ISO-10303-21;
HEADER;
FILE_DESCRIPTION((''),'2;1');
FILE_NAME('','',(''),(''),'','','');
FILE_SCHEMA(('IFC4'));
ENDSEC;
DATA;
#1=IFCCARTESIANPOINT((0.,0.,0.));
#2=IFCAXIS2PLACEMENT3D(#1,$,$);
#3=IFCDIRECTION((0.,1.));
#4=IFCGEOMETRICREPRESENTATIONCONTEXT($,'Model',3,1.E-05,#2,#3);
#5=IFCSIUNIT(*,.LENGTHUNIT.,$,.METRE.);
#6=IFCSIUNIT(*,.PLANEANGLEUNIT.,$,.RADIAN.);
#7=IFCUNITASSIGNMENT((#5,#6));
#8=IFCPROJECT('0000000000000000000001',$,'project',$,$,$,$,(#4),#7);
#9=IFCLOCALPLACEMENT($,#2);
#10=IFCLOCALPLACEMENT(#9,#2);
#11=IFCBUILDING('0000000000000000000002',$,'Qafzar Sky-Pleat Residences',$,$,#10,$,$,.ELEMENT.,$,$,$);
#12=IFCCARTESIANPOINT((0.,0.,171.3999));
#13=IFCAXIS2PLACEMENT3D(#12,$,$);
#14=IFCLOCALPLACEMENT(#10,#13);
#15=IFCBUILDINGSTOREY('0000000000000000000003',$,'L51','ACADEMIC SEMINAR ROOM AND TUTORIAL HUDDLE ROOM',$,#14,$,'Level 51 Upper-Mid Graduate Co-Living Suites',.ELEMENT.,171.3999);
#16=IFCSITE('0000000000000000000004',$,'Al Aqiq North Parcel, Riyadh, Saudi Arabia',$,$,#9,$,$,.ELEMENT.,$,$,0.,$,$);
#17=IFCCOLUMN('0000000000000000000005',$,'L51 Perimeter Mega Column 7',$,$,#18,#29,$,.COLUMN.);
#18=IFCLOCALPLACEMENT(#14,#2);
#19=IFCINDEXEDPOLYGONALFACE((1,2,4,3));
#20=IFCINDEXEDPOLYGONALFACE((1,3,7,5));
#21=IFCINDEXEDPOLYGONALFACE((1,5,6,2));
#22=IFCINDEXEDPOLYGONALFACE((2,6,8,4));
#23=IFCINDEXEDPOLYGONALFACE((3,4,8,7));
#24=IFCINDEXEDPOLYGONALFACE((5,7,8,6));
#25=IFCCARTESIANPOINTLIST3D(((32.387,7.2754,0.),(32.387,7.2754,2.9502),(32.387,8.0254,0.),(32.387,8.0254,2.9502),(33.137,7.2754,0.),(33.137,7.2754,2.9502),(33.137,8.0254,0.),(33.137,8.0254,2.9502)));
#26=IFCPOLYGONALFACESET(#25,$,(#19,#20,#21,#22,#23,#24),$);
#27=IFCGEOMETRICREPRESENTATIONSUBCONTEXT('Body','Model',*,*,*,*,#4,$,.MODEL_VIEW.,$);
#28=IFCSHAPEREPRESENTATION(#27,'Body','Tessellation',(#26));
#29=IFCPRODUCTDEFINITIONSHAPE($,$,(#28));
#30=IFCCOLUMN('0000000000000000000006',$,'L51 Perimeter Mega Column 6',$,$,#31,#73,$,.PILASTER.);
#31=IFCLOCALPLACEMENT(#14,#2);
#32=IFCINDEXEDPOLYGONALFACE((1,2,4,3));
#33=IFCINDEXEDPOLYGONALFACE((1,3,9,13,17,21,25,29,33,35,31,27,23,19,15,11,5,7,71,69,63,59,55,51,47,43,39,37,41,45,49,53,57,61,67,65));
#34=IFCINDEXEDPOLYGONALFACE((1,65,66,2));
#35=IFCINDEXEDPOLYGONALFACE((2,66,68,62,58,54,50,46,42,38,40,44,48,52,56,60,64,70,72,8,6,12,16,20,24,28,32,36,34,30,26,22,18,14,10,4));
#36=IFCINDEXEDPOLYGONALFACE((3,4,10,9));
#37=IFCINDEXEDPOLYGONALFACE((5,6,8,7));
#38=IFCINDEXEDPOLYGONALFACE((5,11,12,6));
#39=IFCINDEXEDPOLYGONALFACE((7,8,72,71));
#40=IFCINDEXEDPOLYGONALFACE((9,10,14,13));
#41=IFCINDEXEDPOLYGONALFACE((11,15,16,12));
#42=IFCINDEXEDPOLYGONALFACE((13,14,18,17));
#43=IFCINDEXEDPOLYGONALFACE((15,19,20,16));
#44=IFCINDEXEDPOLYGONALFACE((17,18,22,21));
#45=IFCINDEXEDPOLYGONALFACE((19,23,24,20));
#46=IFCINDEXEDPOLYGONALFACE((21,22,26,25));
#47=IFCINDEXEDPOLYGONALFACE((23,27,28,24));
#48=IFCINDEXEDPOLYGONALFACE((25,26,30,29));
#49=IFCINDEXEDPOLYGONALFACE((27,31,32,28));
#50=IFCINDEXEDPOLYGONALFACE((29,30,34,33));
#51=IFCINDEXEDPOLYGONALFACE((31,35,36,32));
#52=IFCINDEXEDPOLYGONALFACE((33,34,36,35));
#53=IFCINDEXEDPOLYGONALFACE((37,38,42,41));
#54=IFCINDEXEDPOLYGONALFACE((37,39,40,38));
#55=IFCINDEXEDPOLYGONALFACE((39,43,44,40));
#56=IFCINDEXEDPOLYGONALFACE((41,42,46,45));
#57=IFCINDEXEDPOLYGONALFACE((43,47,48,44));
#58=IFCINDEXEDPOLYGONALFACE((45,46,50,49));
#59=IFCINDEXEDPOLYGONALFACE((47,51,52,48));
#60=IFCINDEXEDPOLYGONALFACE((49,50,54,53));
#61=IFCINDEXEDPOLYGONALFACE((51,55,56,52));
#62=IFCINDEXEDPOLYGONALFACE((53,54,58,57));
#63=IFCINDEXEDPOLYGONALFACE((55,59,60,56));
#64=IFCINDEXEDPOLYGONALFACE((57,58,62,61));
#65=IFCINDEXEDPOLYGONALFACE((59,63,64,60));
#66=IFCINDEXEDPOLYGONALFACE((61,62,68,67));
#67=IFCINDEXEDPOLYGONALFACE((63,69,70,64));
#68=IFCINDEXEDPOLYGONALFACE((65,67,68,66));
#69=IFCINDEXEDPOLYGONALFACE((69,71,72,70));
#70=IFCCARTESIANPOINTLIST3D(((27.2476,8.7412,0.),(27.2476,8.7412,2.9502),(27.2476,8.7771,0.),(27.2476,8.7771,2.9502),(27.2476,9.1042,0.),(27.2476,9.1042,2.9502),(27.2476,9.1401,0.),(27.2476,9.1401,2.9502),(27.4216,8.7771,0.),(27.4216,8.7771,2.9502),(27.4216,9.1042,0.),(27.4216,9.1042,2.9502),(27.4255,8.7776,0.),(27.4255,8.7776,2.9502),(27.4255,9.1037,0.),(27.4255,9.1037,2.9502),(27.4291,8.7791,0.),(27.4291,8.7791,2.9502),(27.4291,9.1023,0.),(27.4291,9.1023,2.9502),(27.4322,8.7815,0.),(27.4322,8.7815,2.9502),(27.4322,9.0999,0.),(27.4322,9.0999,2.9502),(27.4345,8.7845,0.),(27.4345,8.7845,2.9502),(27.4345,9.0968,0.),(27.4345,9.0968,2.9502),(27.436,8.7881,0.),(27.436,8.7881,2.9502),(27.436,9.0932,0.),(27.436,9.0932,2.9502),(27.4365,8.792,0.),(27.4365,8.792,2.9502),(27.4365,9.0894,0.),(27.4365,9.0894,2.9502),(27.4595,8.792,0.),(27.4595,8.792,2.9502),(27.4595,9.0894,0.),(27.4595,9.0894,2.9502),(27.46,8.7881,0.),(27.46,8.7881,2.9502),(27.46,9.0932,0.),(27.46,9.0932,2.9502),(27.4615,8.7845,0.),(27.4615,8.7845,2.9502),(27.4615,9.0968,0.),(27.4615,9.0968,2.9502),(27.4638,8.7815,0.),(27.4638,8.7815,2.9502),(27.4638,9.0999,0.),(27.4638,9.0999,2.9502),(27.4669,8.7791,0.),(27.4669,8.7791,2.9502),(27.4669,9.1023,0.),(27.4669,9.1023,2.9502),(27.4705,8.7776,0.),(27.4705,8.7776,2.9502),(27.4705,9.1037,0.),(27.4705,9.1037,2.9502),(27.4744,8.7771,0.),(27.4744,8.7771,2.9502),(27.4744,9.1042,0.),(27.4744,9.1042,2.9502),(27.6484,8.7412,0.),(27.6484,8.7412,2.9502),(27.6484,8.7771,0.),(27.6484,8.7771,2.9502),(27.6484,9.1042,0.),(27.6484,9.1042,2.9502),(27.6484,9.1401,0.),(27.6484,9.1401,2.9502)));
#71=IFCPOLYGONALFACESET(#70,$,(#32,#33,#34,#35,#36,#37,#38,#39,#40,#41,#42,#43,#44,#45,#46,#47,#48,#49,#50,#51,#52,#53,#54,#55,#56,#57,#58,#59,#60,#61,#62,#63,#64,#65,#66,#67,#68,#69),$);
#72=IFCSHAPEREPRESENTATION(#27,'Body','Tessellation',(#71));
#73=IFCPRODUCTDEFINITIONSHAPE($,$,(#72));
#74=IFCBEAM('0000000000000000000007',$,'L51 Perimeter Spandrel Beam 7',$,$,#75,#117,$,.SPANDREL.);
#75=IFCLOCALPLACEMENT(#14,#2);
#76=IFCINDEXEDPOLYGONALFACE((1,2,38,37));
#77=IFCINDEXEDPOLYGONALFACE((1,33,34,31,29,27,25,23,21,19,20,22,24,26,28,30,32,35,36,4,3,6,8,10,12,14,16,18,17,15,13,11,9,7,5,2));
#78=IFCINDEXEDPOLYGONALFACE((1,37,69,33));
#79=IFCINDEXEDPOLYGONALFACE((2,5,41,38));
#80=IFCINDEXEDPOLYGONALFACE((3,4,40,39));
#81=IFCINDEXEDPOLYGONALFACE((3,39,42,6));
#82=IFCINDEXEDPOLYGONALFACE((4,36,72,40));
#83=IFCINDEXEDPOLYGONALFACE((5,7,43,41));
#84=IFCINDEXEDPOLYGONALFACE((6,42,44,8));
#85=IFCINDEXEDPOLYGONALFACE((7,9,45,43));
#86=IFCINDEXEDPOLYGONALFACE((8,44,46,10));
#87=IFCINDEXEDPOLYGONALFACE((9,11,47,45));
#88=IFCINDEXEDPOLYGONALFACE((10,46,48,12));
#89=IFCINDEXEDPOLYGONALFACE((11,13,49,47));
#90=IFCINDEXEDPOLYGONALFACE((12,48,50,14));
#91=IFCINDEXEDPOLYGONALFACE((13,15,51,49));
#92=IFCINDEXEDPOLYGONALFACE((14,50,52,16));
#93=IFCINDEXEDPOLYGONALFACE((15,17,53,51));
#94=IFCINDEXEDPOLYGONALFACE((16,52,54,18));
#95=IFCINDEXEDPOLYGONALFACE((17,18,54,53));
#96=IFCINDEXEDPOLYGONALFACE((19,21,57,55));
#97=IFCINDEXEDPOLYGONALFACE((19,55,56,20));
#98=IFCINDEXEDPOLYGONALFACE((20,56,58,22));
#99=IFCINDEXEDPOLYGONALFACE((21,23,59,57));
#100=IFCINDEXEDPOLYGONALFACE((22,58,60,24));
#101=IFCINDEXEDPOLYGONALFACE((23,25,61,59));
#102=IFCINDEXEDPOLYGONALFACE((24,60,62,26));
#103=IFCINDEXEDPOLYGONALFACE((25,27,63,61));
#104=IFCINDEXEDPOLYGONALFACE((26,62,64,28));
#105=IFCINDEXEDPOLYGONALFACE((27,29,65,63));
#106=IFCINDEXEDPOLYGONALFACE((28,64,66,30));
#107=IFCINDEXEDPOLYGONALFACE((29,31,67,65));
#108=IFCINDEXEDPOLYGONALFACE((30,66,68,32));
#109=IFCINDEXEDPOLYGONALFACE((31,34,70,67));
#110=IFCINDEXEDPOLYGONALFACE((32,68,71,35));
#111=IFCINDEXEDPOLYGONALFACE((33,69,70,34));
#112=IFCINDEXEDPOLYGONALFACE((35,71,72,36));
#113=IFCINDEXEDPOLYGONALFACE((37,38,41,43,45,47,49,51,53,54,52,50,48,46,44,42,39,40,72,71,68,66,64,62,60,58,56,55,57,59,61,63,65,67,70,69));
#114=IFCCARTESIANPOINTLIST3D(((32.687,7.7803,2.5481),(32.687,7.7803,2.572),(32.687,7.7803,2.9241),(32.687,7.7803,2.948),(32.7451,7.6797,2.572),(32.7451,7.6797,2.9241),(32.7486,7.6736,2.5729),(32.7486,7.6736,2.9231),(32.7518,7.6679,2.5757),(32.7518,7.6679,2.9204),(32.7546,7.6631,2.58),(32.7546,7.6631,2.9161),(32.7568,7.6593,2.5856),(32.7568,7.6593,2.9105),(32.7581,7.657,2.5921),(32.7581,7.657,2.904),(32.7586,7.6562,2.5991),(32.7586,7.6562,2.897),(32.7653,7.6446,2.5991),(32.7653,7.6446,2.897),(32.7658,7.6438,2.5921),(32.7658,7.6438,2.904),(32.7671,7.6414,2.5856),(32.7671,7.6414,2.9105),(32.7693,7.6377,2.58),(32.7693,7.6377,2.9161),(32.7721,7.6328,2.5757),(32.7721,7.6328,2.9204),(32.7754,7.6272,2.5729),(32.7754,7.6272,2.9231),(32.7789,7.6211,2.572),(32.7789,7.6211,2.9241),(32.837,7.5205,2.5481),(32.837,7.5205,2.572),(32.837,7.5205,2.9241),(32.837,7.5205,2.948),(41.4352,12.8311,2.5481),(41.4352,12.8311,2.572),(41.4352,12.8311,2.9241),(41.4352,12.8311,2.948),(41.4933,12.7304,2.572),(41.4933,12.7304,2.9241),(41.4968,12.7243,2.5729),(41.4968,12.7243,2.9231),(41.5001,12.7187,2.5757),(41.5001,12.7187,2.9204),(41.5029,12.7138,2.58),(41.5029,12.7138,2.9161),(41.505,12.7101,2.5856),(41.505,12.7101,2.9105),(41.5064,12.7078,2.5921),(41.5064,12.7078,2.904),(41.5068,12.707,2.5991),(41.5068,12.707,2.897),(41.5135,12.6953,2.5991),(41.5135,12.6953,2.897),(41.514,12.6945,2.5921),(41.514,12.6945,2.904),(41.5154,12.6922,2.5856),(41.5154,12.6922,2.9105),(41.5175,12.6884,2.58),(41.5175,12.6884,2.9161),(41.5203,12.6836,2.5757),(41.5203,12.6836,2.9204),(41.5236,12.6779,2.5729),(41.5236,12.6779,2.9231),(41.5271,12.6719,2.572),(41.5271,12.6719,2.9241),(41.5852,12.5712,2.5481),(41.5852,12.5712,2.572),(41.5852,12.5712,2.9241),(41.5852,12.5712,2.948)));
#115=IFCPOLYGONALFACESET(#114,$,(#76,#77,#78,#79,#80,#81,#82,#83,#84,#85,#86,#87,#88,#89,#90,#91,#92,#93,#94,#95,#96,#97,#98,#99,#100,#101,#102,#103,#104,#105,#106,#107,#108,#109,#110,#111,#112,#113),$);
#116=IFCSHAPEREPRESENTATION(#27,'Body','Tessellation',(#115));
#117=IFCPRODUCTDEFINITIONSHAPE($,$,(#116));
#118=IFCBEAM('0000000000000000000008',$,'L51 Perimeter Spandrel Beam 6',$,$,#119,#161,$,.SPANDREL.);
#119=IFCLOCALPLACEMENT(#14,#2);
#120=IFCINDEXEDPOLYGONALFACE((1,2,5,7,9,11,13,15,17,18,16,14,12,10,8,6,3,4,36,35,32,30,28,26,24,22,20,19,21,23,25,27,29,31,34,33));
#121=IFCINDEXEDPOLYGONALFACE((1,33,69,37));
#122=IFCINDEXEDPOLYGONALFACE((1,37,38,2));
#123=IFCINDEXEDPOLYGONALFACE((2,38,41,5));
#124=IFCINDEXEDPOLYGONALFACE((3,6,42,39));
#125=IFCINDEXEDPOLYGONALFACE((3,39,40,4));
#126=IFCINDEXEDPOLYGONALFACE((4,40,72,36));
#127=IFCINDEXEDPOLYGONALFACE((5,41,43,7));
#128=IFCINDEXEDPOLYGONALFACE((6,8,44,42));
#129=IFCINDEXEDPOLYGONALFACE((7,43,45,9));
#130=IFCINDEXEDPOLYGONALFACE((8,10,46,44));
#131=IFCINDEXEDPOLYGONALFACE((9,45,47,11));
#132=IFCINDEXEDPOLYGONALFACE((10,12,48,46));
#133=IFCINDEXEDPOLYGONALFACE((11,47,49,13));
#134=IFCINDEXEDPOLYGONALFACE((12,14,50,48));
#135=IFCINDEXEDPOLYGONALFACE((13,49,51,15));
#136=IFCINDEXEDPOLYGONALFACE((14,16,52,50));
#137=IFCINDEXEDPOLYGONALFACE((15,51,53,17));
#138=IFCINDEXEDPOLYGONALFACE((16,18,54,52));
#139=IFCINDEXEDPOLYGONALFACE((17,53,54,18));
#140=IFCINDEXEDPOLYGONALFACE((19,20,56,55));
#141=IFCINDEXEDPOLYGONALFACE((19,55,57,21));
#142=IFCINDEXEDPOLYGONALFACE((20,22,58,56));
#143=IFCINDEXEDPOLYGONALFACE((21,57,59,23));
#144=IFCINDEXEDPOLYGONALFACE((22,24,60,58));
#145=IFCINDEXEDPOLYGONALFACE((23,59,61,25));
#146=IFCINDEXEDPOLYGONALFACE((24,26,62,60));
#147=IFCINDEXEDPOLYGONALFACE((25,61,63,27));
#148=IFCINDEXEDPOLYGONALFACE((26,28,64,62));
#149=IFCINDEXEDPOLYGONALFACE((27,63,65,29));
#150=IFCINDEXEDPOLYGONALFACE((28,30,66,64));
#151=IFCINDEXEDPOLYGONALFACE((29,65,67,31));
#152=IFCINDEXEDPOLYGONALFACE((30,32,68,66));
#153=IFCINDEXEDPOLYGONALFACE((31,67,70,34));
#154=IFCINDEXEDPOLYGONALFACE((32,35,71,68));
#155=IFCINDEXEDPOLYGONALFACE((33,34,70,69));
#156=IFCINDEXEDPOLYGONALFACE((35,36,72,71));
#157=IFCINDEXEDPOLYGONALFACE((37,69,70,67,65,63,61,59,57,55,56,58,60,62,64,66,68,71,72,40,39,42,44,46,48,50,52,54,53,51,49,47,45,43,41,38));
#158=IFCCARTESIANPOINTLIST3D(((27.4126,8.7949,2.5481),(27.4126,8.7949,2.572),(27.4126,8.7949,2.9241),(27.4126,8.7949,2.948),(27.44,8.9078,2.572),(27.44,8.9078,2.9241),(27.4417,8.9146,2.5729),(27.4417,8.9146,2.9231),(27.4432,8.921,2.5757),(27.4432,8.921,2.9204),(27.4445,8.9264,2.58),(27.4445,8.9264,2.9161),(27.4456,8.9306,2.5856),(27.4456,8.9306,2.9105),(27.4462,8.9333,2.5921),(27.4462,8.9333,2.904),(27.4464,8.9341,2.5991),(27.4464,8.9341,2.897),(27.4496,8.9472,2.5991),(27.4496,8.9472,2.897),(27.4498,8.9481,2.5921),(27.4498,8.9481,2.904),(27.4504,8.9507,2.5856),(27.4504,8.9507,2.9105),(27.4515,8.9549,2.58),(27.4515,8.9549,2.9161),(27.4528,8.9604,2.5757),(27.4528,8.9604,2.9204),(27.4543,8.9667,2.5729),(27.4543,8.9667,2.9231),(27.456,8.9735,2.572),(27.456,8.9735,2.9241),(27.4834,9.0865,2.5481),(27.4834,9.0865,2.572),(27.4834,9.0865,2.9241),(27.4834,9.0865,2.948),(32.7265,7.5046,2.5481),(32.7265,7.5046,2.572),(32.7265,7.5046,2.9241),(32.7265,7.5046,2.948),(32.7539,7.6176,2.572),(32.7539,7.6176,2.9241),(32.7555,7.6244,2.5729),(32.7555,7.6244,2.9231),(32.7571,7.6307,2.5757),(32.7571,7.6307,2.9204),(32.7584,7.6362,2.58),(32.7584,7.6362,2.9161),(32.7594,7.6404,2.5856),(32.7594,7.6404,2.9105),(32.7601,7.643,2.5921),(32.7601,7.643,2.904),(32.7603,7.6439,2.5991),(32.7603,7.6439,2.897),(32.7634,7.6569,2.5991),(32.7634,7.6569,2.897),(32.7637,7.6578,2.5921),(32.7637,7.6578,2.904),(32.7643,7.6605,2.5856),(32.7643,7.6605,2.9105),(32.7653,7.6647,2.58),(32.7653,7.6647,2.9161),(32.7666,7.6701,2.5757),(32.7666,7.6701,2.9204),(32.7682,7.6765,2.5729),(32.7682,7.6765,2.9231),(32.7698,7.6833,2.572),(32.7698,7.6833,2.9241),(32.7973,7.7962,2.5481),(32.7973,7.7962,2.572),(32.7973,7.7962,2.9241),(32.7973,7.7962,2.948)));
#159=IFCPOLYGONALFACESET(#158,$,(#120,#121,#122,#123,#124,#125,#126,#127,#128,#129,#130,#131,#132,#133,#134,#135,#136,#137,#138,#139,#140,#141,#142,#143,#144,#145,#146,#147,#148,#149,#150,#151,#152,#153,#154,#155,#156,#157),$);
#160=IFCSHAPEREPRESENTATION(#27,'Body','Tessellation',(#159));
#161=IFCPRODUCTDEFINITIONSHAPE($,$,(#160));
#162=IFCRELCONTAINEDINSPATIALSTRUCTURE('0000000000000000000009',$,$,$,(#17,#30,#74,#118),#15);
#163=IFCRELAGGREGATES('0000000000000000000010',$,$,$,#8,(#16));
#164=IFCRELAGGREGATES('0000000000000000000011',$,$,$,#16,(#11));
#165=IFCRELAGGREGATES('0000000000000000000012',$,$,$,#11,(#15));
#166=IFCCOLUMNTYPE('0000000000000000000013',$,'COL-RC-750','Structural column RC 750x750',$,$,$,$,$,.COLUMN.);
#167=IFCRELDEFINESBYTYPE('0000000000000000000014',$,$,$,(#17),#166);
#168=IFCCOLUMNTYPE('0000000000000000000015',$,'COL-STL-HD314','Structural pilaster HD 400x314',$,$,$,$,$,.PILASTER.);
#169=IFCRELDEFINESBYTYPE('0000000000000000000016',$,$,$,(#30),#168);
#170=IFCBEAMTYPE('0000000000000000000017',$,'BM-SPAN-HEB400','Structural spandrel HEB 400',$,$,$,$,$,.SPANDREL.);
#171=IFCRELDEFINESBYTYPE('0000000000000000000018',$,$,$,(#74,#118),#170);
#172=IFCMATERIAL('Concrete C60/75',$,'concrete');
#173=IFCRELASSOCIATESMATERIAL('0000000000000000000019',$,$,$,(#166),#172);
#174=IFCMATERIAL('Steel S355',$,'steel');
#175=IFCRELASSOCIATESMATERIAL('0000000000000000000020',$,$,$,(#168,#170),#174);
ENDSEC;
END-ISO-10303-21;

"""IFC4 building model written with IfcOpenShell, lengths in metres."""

from ifc_helpers import new_model, si_unit, direction, frame, origin, origin_2d, place, context, subcontext, project, spatial, rectangle, i_section, extrude, source, transform, mapped, material, material_profile, profile_set, type_object, element, save


model = new_model("IFC4")

# Units and contexts
model_context = context("Model", 3, precision=1e-05, world=origin(), true_north=direction((0.0, 1.0)))
body_context = subcontext(model_context, "Body", "Model", "MODEL_VIEW")
ifc_project = project(units=[si_unit("LENGTHUNIT", "METRE"), si_unit("PLANEANGLEUNIT", "RADIAN")], contexts=[model_context])

# Site, building, storey
site_placement = place(None, origin())
site = spatial("IfcSite", under=ifc_project, at=site_placement, Name="Al Aqiq North Parcel, Riyadh, Saudi Arabia", CompositionType="ELEMENT", RefElevation=0.0)
building_placement = place(site_placement, origin())
building = spatial("IfcBuilding", under=site, at=building_placement, Name="Qafzar Sky-Pleat Residences", CompositionType="ELEMENT")
storey_placement = place(building_placement, frame((0.0, 0.0, 171.3999)))
storey = spatial("IfcBuildingStorey", under=building, at=storey_placement, Name="L51", Description="ACADEMIC SEMINAR ROOM AND TUTORIAL HUDDLE ROOM", LongName="Level 51 Upper-Mid Graduate Co-Living Suites", CompositionType="ELEMENT", Elevation=171.3999)

# Columns
ifc_material_1 = material(Name="Concrete C60/75", Category="concrete")
ifc_material_profile_1 = material_profile(ifc_material_1, rectangle(XDim=0.75, YDim=0.75, at=origin_2d()), Name="RC 750x750")
ifc_profile_set_1 = profile_set([ifc_material_profile_1], Name="Concrete C60/75")
column_type_1 = type_object("IfcColumnType", Name="COL-RC-750", Description="Structural column RC 750x750", PredefinedType="COLUMN", material=ifc_profile_set_1)
shared_shape_1 = source(origin(), body_context, "Body", "SweptSolid", [
    extrude(rectangle(XDim=0.75, YDim=0.75, at=origin_2d()), origin(), (0.0, 0.0, 1.0), 2.9502),
])
column_1_placement = place(storey_placement, frame((32.762, 7.6504, 0.0), z_axis=(0.0, 0.0, 1.0), x_axis=(1.0, 0.0, 0.0)))
element("IfcColumn", 1, at=column_1_placement, inside=storey, type_object=column_type_1, Name="L51 Perimeter Mega Column 7", PredefinedType="COLUMN", context=body_context, shape_type="MappedRepresentation", body=[
    mapped(shared_shape_1, transform((0.0, 0.0, 0.0), x_axis=(1.0, 0.0, 0.0), y_axis=(0.0, 1.0, 0.0), z_axis=(0.0, 0.0, 1.0), scale=1.0)),
])
ifc_material_2 = material(Name="Steel S355", Category="steel")
ifc_material_profile_2 = material_profile(ifc_material_2, i_section(OverallWidth=0.4009, OverallDepth=0.3989, WebThickness=0.0229, FlangeThickness=0.0359, FilletRadius=0.0149, at=origin_2d()), Name="HD 400x314")
ifc_profile_set_2 = profile_set([ifc_material_profile_2], Name="Steel S355")
column_type_2 = type_object("IfcColumnType", Name="COL-STL-HD314", Description="Structural pilaster HD 400x314", PredefinedType="PILASTER", material=ifc_profile_set_2)
shared_shape_2 = source(origin(), body_context, "Body", "SweptSolid", [
    extrude(i_section(OverallWidth=0.4009, OverallDepth=0.3989, WebThickness=0.0229, FlangeThickness=0.0359, FilletRadius=0.0149, at=origin_2d()), origin(), (0.0, 0.0, 1.0), 2.9502),
])
column_2_placement = place(storey_placement, frame((27.448, 8.9407, 0.0), z_axis=(0.0, 0.0, 1.0), x_axis=(1.0, 0.0, 0.0)))
element("IfcColumn", 2, at=column_2_placement, inside=storey, type_object=column_type_2, Name="L51 Perimeter Mega Column 6", PredefinedType="PILASTER", context=body_context, shape_type="MappedRepresentation", body=[
    mapped(shared_shape_2, transform((0.0, 0.0, 0.0), x_axis=(1.0, 0.0, 0.0), y_axis=(0.0, 1.0, 0.0), z_axis=(0.0, 0.0, 1.0), scale=1.0)),
])

# Beams
ifc_material_profile_3 = material_profile(ifc_material_2, i_section(OverallWidth=0.3, OverallDepth=0.3999, WebThickness=0.0134, FlangeThickness=0.0239, FilletRadius=0.0271, at=origin_2d()), Name="HEB 400")
ifc_profile_set_3 = profile_set([ifc_material_profile_3], Name="Steel S355")
beam_type_1 = type_object("IfcBeamType", Name="BM-SPAN-HEB400", Description="Structural spandrel HEB 400", PredefinedType="SPANDREL", material=ifc_profile_set_3)
shared_shape_3 = source(origin(), body_context, "Body", "SweptSolid", [
    extrude(i_section(OverallWidth=0.3, OverallDepth=0.3999, WebThickness=0.0134, FlangeThickness=0.0239, FilletRadius=0.0271, at=origin_2d()), origin(), (0.0, 0.0, 1.0), 10.1016),
])
beam_1_placement = place(storey_placement, frame((32.762, 7.6504, 2.748), z_axis=(0.866027, 0.499997, 0.0), x_axis=(-0.499997, 0.866027, 0.0)))
element("IfcBeam", 3, at=beam_1_placement, inside=storey, type_object=beam_type_1, Name="L51 Perimeter Spandrel Beam 7", PredefinedType="SPANDREL", context=body_context, shape_type="MappedRepresentation", body=[
    mapped(shared_shape_3, transform((0.0, 0.0, 0.0), x_axis=(1.0, 0.0, 0.0), y_axis=(0.0, 1.0, 0.0), z_axis=(0.0, 0.0, 1.0), scale=1.0)),
])
shared_shape_4 = source(origin(), body_context, "Body", "SweptSolid", [
    extrude(i_section(OverallWidth=0.3, OverallDepth=0.3999, WebThickness=0.0134, FlangeThickness=0.0239, FilletRadius=0.0271, at=origin_2d()), origin(), (0.0, 0.0, 1.0), 5.4683),
])
beam_2_placement = place(storey_placement, frame((27.448, 8.9407, 2.748), z_axis=(0.971764, -0.235954, 0.0), x_axis=(0.235954, 0.971764, 0.0)))
element("IfcBeam", 4, at=beam_2_placement, inside=storey, type_object=beam_type_1, Name="L51 Perimeter Spandrel Beam 6", PredefinedType="SPANDREL", context=body_context, shape_type="MappedRepresentation", body=[
    mapped(shared_shape_4, transform((0.0, 0.0, 0.0), x_axis=(1.0, 0.0, 0.0), y_axis=(0.0, 1.0, 0.0), z_axis=(0.0, 0.0, 1.0), scale=1.0)),
])

save(model, "model.ifc")
